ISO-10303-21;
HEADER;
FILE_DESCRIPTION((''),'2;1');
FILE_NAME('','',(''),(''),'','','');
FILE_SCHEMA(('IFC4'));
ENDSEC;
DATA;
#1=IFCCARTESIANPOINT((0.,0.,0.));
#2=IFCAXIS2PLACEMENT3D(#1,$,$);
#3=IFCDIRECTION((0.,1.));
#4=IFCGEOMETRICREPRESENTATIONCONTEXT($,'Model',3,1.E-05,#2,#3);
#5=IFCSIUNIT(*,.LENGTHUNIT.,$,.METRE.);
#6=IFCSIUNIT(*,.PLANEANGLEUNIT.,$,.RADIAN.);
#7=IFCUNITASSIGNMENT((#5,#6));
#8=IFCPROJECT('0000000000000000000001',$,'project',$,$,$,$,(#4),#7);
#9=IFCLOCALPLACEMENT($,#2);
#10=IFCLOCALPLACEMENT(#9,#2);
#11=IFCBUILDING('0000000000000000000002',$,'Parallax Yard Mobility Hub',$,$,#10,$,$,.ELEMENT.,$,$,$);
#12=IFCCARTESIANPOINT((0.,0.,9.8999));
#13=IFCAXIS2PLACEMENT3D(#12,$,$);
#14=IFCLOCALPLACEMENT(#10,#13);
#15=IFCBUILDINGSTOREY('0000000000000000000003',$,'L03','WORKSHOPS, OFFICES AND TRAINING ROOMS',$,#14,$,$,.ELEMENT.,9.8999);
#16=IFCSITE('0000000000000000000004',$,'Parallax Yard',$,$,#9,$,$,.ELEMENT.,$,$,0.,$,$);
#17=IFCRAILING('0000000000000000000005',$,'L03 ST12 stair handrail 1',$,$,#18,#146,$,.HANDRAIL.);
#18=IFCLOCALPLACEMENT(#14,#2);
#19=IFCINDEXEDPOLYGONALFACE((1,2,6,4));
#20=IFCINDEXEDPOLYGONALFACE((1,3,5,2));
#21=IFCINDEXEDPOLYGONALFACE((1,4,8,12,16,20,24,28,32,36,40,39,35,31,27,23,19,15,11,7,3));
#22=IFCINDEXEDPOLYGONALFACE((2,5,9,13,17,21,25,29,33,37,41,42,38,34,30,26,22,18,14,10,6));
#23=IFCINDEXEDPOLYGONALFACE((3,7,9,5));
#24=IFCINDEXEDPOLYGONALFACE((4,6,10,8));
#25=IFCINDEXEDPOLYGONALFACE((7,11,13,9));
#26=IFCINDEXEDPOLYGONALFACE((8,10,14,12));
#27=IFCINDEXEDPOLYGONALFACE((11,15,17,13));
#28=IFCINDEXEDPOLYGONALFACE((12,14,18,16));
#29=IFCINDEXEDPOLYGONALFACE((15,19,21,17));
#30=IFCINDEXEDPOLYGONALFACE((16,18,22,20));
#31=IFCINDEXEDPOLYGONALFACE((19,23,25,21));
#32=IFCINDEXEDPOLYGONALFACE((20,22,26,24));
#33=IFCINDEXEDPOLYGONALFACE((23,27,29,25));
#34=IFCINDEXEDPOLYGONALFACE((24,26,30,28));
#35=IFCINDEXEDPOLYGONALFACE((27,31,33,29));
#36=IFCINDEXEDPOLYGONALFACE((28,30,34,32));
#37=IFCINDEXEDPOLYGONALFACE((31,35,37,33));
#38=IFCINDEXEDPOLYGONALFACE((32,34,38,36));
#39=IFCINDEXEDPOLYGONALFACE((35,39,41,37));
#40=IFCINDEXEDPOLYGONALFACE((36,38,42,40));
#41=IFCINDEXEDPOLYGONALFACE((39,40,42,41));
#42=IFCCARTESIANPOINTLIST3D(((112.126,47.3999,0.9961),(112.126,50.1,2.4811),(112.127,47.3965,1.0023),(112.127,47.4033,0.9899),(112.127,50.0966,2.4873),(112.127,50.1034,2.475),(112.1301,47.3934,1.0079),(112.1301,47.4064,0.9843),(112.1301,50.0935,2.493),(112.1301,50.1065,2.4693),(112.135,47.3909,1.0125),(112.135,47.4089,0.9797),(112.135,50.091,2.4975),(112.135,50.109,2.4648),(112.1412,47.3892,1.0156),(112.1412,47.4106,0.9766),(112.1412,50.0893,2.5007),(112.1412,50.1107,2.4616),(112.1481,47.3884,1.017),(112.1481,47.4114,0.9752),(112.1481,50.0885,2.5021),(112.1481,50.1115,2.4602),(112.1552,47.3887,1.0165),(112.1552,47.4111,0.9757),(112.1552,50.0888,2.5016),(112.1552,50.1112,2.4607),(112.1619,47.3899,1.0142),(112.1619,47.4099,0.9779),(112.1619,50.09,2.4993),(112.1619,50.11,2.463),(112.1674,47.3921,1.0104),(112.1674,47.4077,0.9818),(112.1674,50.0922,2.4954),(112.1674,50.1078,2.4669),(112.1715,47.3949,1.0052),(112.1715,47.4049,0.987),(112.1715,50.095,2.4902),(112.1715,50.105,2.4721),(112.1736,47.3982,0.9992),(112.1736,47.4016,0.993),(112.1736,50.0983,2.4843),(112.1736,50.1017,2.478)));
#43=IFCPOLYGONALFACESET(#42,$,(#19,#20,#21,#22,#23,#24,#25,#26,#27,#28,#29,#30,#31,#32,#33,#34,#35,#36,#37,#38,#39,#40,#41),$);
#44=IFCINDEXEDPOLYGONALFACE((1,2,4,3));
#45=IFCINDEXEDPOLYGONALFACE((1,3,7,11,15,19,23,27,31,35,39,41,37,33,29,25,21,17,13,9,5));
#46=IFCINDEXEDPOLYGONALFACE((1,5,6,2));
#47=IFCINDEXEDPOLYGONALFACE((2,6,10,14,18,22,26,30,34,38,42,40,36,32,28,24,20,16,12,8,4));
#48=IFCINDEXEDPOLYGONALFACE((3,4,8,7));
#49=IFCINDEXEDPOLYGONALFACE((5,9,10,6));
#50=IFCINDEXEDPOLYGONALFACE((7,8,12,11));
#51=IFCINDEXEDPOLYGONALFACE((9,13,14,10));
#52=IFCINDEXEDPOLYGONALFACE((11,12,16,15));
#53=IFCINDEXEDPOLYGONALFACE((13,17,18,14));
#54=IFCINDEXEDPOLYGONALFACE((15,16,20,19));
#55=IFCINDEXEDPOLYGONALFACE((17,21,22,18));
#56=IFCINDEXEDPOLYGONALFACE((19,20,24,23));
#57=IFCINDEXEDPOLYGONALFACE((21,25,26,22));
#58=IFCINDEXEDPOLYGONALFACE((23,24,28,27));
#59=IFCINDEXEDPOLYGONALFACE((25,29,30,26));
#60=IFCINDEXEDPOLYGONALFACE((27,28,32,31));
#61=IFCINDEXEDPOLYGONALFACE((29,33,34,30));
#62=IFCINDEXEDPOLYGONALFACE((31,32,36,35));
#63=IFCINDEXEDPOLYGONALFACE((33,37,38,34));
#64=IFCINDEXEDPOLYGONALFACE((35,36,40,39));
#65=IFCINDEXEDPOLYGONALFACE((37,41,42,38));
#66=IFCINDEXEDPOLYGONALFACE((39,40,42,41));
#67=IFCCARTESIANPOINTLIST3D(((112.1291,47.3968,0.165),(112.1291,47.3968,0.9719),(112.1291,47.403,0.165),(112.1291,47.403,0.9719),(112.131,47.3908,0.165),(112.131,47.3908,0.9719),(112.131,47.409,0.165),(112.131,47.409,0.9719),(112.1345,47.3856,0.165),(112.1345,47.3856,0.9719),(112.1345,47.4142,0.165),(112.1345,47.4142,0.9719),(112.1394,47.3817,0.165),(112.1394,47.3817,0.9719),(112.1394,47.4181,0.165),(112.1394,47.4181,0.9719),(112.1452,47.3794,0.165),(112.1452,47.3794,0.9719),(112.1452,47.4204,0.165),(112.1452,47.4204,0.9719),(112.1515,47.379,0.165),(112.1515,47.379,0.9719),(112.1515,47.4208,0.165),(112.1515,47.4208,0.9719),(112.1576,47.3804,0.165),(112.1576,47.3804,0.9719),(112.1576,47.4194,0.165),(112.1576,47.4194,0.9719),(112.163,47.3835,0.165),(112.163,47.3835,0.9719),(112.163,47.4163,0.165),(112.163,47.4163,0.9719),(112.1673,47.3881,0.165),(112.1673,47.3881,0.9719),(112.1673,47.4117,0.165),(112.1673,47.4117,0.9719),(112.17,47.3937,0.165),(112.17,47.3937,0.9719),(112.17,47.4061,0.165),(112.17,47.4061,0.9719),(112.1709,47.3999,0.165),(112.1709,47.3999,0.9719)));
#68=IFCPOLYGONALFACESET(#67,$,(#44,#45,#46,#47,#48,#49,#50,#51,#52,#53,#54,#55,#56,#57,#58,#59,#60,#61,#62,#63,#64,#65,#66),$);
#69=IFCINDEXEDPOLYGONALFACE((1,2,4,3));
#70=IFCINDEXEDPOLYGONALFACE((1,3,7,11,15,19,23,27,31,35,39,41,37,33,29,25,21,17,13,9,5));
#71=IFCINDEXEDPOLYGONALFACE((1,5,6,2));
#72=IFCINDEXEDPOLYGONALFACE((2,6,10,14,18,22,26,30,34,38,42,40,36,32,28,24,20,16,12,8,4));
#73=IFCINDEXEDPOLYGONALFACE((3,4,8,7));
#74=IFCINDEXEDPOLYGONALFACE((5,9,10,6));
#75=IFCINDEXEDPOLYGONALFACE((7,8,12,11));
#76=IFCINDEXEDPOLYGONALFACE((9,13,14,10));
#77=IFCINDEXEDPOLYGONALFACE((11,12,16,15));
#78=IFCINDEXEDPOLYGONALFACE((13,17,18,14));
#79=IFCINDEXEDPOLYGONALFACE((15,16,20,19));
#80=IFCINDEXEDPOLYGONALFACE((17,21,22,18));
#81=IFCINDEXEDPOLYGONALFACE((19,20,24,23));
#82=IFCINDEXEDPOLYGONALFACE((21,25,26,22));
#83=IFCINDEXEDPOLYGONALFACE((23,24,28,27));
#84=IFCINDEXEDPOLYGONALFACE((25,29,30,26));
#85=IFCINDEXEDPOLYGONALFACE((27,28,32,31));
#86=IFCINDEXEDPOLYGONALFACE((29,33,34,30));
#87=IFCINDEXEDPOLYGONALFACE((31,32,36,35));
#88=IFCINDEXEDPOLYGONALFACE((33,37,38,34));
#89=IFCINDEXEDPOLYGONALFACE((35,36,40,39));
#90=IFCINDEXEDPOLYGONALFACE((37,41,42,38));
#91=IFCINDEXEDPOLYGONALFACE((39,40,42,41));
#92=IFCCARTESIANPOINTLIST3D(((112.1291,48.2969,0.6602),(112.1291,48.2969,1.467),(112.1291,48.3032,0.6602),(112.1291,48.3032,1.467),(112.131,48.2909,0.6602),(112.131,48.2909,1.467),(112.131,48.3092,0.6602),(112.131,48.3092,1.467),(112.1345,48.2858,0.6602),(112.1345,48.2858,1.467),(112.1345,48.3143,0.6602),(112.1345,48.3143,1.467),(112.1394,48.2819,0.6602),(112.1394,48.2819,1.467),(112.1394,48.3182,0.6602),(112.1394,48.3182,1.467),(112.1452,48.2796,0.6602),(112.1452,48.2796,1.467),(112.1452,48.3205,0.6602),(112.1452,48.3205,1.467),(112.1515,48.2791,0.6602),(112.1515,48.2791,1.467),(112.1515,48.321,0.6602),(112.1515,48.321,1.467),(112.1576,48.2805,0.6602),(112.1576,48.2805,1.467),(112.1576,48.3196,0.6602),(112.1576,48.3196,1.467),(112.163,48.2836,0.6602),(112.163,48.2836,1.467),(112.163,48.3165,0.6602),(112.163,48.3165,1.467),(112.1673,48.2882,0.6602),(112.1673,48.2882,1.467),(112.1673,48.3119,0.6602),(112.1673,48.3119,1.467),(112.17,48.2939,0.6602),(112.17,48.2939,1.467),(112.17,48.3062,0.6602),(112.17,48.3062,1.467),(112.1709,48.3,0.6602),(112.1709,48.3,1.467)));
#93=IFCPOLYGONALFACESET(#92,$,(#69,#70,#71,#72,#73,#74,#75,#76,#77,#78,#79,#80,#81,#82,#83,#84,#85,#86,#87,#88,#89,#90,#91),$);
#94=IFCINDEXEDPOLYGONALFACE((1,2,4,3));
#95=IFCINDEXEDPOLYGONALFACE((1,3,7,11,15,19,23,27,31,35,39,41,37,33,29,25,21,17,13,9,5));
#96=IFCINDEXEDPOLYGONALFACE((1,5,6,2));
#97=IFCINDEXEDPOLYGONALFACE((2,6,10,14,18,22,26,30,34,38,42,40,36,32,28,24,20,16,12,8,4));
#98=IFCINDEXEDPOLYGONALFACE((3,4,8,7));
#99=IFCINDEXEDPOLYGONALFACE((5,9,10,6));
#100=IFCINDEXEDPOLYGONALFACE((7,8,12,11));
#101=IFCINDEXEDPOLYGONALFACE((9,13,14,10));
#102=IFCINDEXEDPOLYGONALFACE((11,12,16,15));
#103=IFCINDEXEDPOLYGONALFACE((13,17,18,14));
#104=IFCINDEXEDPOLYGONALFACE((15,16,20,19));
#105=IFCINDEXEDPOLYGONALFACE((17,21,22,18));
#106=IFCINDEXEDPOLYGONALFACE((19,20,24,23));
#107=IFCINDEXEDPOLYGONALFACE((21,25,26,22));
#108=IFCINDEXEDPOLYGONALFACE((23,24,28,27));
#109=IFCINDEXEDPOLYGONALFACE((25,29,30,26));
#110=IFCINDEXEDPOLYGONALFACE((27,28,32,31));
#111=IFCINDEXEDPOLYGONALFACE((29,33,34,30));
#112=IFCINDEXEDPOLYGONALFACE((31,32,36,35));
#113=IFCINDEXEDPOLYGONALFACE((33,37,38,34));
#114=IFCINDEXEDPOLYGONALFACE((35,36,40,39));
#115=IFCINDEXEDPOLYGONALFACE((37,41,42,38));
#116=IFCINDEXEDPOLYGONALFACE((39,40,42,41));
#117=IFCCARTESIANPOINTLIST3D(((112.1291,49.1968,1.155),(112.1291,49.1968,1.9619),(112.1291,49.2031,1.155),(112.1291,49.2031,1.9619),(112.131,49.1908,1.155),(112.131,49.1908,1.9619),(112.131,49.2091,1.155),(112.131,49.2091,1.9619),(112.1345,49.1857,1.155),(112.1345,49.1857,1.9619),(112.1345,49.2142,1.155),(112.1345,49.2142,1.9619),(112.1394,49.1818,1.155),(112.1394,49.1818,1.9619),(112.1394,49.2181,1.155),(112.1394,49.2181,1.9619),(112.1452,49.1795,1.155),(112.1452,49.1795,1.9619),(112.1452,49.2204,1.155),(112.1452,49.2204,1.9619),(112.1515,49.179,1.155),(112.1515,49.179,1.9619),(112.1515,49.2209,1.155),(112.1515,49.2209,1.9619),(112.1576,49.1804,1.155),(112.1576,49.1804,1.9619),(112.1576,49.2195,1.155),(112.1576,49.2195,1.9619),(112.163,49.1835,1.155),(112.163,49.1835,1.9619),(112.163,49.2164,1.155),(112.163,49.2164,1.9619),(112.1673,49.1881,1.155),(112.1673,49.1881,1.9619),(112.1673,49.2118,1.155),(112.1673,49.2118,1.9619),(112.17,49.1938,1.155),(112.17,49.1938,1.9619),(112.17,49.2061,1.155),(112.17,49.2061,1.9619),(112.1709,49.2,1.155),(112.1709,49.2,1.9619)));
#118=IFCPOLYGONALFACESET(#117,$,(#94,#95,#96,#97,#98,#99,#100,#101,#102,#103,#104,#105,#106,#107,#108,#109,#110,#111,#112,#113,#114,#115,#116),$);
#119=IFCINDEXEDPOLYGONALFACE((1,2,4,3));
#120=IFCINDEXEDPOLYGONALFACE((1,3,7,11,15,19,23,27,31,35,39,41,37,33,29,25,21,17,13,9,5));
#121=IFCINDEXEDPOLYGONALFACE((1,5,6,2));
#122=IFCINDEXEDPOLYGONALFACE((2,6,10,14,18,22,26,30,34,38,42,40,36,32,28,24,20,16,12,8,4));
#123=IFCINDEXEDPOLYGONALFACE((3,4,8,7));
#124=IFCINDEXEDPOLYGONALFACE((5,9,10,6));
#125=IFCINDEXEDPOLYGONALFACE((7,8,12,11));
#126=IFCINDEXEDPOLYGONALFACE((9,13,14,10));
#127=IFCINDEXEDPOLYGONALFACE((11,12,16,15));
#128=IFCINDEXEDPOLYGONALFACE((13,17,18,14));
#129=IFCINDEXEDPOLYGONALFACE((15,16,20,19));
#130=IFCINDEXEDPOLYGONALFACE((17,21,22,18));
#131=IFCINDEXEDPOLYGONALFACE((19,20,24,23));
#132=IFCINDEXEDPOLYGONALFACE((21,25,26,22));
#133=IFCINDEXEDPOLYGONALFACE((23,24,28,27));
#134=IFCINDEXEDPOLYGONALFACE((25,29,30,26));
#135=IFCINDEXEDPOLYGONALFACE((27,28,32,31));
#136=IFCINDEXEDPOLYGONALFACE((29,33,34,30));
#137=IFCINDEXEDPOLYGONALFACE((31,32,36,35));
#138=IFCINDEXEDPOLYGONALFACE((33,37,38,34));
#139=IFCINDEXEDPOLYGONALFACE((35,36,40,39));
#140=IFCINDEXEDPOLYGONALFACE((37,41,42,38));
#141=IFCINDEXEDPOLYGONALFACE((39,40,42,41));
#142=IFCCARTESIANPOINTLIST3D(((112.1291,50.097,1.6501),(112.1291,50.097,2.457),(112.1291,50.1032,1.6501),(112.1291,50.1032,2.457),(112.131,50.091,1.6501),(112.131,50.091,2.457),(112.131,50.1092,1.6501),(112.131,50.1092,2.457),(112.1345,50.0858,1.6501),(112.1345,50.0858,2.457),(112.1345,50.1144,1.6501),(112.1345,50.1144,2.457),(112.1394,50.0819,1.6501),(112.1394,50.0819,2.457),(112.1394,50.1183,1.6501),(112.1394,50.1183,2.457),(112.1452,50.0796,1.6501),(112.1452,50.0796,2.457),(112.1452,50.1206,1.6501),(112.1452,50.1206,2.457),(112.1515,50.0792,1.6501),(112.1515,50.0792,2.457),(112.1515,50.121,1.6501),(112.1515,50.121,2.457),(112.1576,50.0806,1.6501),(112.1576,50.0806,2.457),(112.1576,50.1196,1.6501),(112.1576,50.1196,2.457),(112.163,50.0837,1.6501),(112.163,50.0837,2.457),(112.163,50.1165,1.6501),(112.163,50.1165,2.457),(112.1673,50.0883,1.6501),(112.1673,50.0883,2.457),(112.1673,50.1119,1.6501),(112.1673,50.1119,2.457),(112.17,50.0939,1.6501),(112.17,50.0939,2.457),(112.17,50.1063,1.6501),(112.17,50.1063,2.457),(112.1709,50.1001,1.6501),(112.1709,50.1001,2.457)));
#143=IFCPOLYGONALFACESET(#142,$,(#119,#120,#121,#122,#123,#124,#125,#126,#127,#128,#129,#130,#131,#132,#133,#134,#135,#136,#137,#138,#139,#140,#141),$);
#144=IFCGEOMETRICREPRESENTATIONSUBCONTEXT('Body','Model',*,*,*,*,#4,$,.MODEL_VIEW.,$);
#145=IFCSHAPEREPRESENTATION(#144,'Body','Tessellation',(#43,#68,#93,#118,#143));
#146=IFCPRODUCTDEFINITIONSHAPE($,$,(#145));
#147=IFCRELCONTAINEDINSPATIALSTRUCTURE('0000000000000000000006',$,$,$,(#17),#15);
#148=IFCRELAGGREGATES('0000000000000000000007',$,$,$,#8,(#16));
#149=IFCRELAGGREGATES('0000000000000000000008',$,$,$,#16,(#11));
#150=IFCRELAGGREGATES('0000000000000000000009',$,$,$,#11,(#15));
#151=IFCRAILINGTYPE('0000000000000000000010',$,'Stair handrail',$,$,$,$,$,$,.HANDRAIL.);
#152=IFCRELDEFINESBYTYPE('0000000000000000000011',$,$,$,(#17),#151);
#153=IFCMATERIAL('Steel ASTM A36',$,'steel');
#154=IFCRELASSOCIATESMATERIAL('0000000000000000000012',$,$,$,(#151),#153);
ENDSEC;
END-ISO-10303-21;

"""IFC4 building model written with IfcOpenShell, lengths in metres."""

from ifc_helpers import new_model, si_unit, direction, frame, origin, origin_2d, place, context, subcontext, project, spatial, circle, extrude, material, type_object, element, save


model = new_model("IFC4")

# Units and contexts
model_context = context("Model", 3, precision=1e-05, world=origin(), true_north=direction((0.0, 1.0)))
body_context = subcontext(model_context, "Body", "Model", "MODEL_VIEW")
ifc_project = project(units=[si_unit("LENGTHUNIT", "METRE"), si_unit("PLANEANGLEUNIT", "RADIAN")], contexts=[model_context])

# Site, building, storey
site_placement = place(None, origin())
site = spatial("IfcSite", under=ifc_project, at=site_placement, Name="Parallax Yard", CompositionType="ELEMENT", RefElevation=0.0)
building_placement = place(site_placement, origin())
building = spatial("IfcBuilding", under=site, at=building_placement, Name="Parallax Yard Mobility Hub", CompositionType="ELEMENT")
storey_placement = place(building_placement, frame((0.0, 0.0, 9.8999)))
storey = spatial("IfcBuildingStorey", under=building, at=storey_placement, Name="L03", Description="WORKSHOPS, OFFICES AND TRAINING ROOMS", CompositionType="ELEMENT", Elevation=9.8999)

# Railing
ifc_material_1 = material(Name="Steel ASTM A36", Category="steel")
railing_type_1 = type_object("IfcRailingType", Name="Stair handrail", PredefinedType="HANDRAIL", material=ifc_material_1)
for number, where, name in (
    (1, (112.1499, 47.3999, 0.165), "L03 ST12 stair handrail 1"),
):
    element("IfcRailing", number, at=place(storey_placement, frame(where)), inside=storey, type_object=railing_type_1, Name=name, PredefinedType="HANDRAIL", context=body_context, shape_type="SweptSolid", body=[
        extrude(circle(Radius=0.0239, at=origin_2d()), frame((0.0, 0.0, 0.8311), z_axis=(0.0, 0.876216, 0.481919), x_axis=(-1.0, 0.0, 0.0)), (0.0, 0.0, 1.0), 3.0815),
        extrude(circle(Radius=0.021, at=origin_2d()), origin(), (0.0, 0.0, 1.0), 0.8069),
        extrude(circle(Radius=0.021, at=origin_2d()), frame((0.0, 0.9001, 0.4951)), (0.0, 0.0, 1.0), 0.8069),
        extrude(circle(Radius=0.021, at=origin_2d()), frame((0.0, 1.8, 0.99)), (0.0, 0.0, 1.0), 0.8069),
        extrude(circle(Radius=0.021, at=origin_2d()), frame((0.0, 2.7002, 1.4851)), (0.0, 0.0, 1.0), 0.8069),
    ])

save(model, "model.ifc")
